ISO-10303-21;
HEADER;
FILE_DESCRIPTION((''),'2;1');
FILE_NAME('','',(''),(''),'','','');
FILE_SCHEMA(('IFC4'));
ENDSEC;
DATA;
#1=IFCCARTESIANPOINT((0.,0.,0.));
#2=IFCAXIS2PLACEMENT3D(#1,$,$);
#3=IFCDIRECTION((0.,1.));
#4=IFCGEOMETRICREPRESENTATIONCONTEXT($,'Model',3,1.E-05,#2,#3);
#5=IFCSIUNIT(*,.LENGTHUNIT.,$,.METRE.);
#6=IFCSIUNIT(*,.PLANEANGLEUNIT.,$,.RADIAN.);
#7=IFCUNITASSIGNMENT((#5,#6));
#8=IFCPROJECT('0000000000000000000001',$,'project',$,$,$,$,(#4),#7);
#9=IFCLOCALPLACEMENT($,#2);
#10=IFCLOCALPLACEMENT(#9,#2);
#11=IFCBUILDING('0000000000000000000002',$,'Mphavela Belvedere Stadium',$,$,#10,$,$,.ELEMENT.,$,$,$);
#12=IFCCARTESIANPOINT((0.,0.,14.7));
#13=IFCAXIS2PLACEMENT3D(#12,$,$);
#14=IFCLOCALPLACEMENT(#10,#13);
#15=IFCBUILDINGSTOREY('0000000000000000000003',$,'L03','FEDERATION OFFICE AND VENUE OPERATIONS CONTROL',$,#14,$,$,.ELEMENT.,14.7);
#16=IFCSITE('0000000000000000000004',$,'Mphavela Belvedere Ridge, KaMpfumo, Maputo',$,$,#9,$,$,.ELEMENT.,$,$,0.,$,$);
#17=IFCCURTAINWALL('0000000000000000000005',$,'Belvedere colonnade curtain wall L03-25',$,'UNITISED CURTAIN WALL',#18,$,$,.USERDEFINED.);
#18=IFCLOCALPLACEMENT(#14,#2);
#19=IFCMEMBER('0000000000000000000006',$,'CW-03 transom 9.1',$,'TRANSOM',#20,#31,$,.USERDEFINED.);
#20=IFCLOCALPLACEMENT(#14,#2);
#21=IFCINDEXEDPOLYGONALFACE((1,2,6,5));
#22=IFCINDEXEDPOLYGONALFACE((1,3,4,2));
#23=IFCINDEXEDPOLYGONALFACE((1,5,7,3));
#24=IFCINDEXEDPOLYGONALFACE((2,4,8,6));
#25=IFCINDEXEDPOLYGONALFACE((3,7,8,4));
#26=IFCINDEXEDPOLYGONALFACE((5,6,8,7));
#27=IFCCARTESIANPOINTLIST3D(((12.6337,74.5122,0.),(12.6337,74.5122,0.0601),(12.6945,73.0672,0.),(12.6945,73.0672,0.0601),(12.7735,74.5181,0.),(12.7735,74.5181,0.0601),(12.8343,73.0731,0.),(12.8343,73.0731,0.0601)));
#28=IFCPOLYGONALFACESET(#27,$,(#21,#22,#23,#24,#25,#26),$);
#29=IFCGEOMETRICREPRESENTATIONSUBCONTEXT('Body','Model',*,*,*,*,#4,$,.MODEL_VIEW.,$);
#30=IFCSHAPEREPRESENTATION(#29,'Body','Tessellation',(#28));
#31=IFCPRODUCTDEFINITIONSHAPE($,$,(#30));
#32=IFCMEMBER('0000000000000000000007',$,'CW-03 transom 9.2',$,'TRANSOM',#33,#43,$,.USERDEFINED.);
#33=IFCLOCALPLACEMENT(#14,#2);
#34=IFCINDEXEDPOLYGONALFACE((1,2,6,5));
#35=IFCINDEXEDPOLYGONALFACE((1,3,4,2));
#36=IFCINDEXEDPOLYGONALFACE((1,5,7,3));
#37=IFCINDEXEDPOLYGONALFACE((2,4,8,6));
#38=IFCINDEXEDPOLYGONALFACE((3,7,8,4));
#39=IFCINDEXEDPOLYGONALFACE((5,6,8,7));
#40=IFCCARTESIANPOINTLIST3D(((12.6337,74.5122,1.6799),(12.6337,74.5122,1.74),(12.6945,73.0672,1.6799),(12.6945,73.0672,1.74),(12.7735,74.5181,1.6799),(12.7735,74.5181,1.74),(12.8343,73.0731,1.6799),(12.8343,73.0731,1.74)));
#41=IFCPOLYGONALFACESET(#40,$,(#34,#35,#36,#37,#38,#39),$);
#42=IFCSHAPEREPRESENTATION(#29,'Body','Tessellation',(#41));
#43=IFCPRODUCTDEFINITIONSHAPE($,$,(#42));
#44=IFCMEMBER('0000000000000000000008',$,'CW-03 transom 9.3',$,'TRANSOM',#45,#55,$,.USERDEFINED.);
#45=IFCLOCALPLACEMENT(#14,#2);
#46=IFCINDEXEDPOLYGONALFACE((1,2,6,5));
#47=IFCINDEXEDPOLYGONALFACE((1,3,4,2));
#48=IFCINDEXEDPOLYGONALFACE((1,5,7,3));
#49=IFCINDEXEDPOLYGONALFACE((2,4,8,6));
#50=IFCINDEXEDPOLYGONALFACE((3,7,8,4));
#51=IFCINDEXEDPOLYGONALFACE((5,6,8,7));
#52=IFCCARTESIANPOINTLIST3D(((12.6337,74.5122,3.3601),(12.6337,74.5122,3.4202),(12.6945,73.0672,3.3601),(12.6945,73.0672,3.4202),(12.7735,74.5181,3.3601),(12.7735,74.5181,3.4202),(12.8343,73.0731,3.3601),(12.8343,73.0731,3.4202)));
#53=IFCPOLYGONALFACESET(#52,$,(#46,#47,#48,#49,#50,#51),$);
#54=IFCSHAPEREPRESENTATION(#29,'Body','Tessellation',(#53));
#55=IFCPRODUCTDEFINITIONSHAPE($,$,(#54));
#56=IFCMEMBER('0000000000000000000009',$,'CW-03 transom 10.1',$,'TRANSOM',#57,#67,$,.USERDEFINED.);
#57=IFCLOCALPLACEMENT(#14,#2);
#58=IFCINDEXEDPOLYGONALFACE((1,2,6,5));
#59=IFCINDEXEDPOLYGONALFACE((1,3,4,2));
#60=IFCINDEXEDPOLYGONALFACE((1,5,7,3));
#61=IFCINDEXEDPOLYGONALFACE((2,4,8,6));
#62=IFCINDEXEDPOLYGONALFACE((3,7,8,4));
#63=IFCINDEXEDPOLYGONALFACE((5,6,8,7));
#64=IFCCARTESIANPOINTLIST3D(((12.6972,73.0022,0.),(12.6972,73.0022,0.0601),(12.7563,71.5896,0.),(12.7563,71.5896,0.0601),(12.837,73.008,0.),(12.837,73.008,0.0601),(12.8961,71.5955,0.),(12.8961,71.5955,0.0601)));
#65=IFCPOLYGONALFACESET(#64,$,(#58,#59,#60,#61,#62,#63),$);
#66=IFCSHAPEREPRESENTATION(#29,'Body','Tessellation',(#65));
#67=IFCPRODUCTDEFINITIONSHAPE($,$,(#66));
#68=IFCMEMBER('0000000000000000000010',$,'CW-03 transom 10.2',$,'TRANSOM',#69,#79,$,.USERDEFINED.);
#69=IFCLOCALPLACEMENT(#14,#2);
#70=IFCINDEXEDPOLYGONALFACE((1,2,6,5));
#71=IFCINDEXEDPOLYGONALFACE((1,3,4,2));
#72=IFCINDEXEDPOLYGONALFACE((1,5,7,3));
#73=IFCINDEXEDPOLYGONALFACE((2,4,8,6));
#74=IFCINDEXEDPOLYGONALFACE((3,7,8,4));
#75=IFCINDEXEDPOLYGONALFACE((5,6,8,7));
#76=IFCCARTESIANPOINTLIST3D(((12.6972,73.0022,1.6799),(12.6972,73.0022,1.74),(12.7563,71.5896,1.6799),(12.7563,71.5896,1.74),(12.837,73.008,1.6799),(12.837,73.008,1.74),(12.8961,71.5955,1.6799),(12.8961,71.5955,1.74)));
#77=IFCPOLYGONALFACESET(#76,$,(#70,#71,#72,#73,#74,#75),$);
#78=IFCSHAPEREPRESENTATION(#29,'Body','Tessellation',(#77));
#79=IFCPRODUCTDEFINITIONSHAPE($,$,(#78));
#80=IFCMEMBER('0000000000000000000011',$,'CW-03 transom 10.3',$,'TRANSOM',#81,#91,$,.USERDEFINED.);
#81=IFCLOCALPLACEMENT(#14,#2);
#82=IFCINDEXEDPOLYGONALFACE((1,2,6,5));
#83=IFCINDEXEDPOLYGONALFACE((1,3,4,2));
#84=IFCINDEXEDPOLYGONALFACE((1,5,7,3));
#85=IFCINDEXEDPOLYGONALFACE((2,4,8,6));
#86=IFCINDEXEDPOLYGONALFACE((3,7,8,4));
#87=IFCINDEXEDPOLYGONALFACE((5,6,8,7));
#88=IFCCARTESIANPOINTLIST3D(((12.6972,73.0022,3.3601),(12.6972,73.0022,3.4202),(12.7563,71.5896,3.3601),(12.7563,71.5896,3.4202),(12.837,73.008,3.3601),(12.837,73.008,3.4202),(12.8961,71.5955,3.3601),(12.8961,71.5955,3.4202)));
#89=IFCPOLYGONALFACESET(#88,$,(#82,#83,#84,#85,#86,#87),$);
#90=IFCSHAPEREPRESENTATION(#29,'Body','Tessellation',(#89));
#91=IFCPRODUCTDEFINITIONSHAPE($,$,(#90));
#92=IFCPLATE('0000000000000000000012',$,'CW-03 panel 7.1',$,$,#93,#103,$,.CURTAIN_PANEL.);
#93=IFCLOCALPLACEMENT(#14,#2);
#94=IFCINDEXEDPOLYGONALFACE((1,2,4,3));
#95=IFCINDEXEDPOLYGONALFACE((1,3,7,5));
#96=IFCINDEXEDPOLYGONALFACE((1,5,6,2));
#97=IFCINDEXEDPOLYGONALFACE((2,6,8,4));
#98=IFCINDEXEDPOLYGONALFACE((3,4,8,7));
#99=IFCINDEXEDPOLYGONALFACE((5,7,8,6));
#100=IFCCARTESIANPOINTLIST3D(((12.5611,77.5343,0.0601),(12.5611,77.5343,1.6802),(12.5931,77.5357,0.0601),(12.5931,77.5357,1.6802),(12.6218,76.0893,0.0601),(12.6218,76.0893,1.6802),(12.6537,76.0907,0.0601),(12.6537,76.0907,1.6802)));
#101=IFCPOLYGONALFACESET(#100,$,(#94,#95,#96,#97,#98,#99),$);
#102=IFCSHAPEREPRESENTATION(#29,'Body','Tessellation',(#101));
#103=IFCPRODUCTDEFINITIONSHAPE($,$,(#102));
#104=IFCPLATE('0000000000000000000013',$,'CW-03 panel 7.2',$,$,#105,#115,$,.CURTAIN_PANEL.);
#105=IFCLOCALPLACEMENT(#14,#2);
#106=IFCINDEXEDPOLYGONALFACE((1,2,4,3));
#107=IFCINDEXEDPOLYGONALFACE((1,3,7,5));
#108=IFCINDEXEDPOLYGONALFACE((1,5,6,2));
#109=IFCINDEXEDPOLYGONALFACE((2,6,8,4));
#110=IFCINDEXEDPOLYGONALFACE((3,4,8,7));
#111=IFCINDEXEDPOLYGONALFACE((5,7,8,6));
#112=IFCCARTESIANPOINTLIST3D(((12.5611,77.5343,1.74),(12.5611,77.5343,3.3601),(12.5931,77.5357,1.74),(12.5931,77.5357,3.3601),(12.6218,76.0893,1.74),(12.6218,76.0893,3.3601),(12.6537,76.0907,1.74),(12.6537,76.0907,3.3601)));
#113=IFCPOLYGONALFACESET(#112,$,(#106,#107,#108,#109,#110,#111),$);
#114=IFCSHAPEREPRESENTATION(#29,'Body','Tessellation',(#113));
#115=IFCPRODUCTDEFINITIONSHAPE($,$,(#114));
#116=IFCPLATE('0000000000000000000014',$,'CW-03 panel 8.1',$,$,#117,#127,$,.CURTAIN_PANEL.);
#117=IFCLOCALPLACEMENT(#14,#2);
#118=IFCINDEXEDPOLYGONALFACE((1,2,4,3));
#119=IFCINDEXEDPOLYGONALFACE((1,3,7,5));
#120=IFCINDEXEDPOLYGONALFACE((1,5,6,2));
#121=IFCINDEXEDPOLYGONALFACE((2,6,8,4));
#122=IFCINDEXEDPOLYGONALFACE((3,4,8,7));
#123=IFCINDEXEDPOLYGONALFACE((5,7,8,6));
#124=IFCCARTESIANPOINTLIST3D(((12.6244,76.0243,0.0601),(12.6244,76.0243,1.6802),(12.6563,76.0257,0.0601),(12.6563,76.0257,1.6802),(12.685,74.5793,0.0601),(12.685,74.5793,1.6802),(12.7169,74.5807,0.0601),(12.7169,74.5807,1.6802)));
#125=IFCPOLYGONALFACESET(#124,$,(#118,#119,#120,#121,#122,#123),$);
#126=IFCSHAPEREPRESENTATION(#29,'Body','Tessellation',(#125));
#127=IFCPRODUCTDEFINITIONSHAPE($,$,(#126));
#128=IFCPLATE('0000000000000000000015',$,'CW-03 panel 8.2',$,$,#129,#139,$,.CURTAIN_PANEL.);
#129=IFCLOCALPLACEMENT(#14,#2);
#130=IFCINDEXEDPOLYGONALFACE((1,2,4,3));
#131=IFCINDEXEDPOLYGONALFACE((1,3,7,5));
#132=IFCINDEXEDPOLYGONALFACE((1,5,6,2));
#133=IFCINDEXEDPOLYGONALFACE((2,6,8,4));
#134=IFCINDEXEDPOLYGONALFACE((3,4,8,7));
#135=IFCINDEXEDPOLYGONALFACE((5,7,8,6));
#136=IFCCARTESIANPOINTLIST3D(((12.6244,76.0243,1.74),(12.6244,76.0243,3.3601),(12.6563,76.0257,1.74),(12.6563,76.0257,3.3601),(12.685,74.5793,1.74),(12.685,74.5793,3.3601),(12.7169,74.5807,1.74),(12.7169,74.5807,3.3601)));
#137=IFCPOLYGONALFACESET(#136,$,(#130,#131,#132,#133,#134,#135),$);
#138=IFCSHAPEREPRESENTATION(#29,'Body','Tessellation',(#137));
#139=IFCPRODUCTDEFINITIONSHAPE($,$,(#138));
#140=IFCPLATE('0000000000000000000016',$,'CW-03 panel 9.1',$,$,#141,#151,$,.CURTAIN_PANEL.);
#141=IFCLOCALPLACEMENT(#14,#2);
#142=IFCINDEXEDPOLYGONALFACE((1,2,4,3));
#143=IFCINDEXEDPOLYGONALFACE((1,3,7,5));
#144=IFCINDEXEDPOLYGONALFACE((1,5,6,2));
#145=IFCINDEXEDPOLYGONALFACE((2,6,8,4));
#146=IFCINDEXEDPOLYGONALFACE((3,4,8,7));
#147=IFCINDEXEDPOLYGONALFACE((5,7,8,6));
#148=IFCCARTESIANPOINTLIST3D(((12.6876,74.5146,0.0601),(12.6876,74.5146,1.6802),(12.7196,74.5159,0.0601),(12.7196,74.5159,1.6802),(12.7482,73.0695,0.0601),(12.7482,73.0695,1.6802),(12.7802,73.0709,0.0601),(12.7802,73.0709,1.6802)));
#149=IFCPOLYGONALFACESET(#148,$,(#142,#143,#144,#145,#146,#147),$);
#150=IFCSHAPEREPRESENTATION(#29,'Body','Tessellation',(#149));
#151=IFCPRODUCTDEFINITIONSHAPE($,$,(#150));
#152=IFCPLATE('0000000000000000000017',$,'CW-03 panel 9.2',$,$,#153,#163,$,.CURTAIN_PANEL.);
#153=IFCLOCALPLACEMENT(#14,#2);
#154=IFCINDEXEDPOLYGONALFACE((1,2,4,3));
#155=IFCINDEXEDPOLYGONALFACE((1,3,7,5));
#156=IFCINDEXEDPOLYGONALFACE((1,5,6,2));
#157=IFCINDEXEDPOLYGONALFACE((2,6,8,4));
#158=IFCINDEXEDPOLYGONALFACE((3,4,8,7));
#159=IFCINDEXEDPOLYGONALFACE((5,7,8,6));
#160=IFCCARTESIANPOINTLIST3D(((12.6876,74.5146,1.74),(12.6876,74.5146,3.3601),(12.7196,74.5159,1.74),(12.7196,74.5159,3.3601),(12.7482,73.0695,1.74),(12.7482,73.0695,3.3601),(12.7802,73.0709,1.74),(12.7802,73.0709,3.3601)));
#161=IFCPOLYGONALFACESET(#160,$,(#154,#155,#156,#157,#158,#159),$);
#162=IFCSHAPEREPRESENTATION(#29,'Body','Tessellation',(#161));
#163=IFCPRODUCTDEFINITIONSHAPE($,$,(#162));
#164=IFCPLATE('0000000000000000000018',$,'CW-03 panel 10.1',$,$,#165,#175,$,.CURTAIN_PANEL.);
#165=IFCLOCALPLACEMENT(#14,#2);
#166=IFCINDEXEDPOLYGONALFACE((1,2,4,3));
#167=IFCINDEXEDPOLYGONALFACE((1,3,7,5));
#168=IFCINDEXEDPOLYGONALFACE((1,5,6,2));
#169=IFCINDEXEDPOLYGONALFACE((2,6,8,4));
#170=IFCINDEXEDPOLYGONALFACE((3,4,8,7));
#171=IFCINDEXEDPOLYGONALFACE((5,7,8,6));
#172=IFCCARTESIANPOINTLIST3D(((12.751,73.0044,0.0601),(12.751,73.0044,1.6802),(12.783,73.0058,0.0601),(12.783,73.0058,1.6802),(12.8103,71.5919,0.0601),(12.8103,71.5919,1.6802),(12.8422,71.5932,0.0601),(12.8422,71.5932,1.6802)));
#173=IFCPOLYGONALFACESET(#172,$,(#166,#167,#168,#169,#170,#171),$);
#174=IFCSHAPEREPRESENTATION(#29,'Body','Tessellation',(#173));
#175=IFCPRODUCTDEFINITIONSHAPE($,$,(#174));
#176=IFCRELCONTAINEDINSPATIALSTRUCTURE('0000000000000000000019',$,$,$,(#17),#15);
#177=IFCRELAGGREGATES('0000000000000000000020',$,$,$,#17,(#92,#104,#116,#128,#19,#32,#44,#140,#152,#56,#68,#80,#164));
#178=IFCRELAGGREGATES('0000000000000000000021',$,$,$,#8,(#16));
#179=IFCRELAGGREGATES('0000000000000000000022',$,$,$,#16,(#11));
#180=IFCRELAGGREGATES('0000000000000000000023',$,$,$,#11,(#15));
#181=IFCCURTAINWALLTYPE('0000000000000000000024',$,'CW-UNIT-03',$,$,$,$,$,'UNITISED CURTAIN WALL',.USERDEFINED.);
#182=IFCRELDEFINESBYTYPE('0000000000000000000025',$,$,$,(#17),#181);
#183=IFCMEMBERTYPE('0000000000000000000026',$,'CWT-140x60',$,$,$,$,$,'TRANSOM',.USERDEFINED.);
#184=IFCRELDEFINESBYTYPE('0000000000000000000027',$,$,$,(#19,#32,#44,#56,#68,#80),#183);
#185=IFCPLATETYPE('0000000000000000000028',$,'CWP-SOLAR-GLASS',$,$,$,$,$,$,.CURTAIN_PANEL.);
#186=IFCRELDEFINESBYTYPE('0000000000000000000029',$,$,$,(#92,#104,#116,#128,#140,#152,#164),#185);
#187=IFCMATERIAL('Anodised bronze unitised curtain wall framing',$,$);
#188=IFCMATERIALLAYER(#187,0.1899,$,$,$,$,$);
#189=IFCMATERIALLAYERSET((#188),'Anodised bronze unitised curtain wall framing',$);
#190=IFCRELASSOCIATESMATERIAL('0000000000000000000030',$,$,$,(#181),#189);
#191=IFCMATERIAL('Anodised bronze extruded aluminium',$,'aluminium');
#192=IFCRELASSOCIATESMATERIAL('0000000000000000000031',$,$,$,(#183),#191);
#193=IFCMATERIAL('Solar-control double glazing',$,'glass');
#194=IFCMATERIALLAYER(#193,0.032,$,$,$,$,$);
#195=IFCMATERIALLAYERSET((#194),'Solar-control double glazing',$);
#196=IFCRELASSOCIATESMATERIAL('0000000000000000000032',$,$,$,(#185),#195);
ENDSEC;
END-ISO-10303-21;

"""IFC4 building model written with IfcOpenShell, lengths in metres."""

from ifc_helpers import new_model, si_unit, direction, frame, origin, origin_2d, place, context, subcontext, project, spatial, rectangle, extrude, material, layer, layer_set, material_profile, profile_set, type_object, element, aggregate, save


model = new_model("IFC4")

# Units and contexts
model_context = context("Model", 3, precision=1e-05, world=origin(), true_north=direction((0.0, 1.0)))
body_context = subcontext(model_context, "Body", "Model", "MODEL_VIEW")
ifc_project = project(units=[si_unit("LENGTHUNIT", "METRE"), si_unit("PLANEANGLEUNIT", "RADIAN")], contexts=[model_context])

# Site, building, storey
site_placement = place(None, origin())
site = spatial("IfcSite", under=ifc_project, at=site_placement, Name="Mphavela Belvedere Ridge, KaMpfumo, Maputo", CompositionType="ELEMENT", RefElevation=0.0)
building_placement = place(site_placement, origin())
building = spatial("IfcBuilding", under=site, at=building_placement, Name="Mphavela Belvedere Stadium", CompositionType="ELEMENT")
storey_placement = place(building_placement, frame((0.0, 0.0, 14.7)))
storey = spatial("IfcBuildingStorey", under=building, at=storey_placement, Name="L03", Description="FEDERATION OFFICE AND VENUE OPERATIONS CONTROL", CompositionType="ELEMENT", Elevation=14.7)

# Curtain wall, members, plates
ifc_material_1 = material(Name="Anodised bronze unitised curtain wall framing")
ifc_layer_1 = layer(ifc_material_1, 0.1899)
ifc_layer_set_1 = layer_set([ifc_layer_1], Name="Anodised bronze unitised curtain wall framing")
curtain_wall_type = type_object("IfcCurtainWallType", Name="CW-UNIT-03", ElementType="UNITISED CURTAIN WALL", PredefinedType="USERDEFINED", material=ifc_layer_set_1)
curtain_wall_placement = place(storey_placement, origin())
curtain_wall = element("IfcCurtainWall", 1, at=curtain_wall_placement, inside=storey, type_object=curtain_wall_type, Name="Belvedere colonnade curtain wall L03-25", ObjectType="UNITISED CURTAIN WALL", PredefinedType="USERDEFINED")
ifc_material_2 = material(Name="Anodised bronze extruded aluminium", Category="aluminium")
ifc_material_profile_1 = material_profile(ifc_material_2, rectangle(XDim=0.1399, YDim=0.0601, at=origin_2d()), Name="CW-TRN 140x60")
ifc_profile_set_1 = profile_set([ifc_material_profile_1], Name="Anodised bronze extruded aluminium")
member_type_1 = type_object("IfcMemberType", Name="CWT-140x60", ElementType="TRANSOM", PredefinedType="USERDEFINED", material=ifc_profile_set_1)
member_1_placement = place(storey_placement, frame((12.7036, 74.5151, 0.03), z_axis=(0.042031, -0.999116, 0.0), x_axis=(0.999116, 0.042031, 0.0)))
member_1 = element("IfcMember", 2, at=member_1_placement, type_object=member_type_1, Name="CW-03 transom 9.1", ObjectType="TRANSOM", PredefinedType="USERDEFINED", context=body_context, shape_type="SweptSolid", body=[
    extrude(rectangle(XDim=0.1399, YDim=0.0601, at=origin_2d()), origin(), (0.0, 0.0, 1.0), 1.4463),
])
member_2_placement = place(storey_placement, frame((12.7036, 74.5151, 1.71), z_axis=(0.042031, -0.999116, 0.0), x_axis=(0.999116, 0.042031, 0.0)))
member_2 = element("IfcMember", 3, at=member_2_placement, type_object=member_type_1, Name="CW-03 transom 9.2", ObjectType="TRANSOM", PredefinedType="USERDEFINED", context=body_context, shape_type="SweptSolid", body=[
    extrude(rectangle(XDim=0.1399, YDim=0.0601, at=origin_2d()), origin(), (0.0, 0.0, 1.0), 1.4463),
])
member_3_placement = place(storey_placement, frame((12.7036, 74.5151, 3.3901), z_axis=(0.042031, -0.999116, 0.0), x_axis=(0.999116, 0.042031, 0.0)))
member_3 = element("IfcMember", 4, at=member_3_placement, type_object=member_type_1, Name="CW-03 transom 9.3", ObjectType="TRANSOM", PredefinedType="USERDEFINED", context=body_context, shape_type="SweptSolid", body=[
    extrude(rectangle(XDim=0.1399, YDim=0.0601, at=origin_2d()), origin(), (0.0, 0.0, 1.0), 1.4463),
])
member_4_placement = place(storey_placement, frame((12.7671, 73.0051, 0.03), z_axis=(0.041789, -0.999126, 0.0), x_axis=(0.999126, 0.041789, 0.0)))
member_4 = element("IfcMember", 5, at=member_4_placement, type_object=member_type_1, Name="CW-03 transom 10.1", ObjectType="TRANSOM", PredefinedType="USERDEFINED", context=body_context, shape_type="SweptSolid", body=[
    extrude(rectangle(XDim=0.1399, YDim=0.0601, at=origin_2d()), origin(), (0.0, 0.0, 1.0), 1.4138),
])
member_5_placement = place(storey_placement, frame((12.7671, 73.0051, 1.71), z_axis=(0.041789, -0.999126, 0.0), x_axis=(0.999126, 0.041789, 0.0)))
member_5 = element("IfcMember", 6, at=member_5_placement, type_object=member_type_1, Name="CW-03 transom 10.2", ObjectType="TRANSOM", PredefinedType="USERDEFINED", context=body_context, shape_type="SweptSolid", body=[
    extrude(rectangle(XDim=0.1399, YDim=0.0601, at=origin_2d()), origin(), (0.0, 0.0, 1.0), 1.4138),
])
member_6_placement = place(storey_placement, frame((12.7671, 73.0051, 3.3901), z_axis=(0.041789, -0.999126, 0.0), x_axis=(0.999126, 0.041789, 0.0)))
member_6 = element("IfcMember", 7, at=member_6_placement, type_object=member_type_1, Name="CW-03 transom 10.3", ObjectType="TRANSOM", PredefinedType="USERDEFINED", context=body_context, shape_type="SweptSolid", body=[
    extrude(rectangle(XDim=0.1399, YDim=0.0601, at=origin_2d()), origin(), (0.0, 0.0, 1.0), 1.4138),
])
ifc_material_3 = material(Name="Solar-control double glazing", Category="glass")
ifc_layer_2 = layer(ifc_material_3, 0.032)
ifc_layer_set_2 = layer_set([ifc_layer_2], Name="Solar-control double glazing")
plate_type = type_object("IfcPlateType", Name="CWP-SOLAR-GLASS", PredefinedType="CURTAIN_PANEL", material=ifc_layer_set_2)
plate_1_placement = place(storey_placement, frame((12.6074, 76.8125, 0.0601), z_axis=(0.0, 0.0, 1.0), x_axis=(0.041911, -0.999121, 0.0)))
plate_1 = element("IfcPlate", 8, at=plate_1_placement, type_object=plate_type, Name="CW-03 panel 7.1", PredefinedType="CURTAIN_PANEL", context=body_context, shape_type="SweptSolid", body=[
    extrude(rectangle(XDim=1.4463, YDim=0.032, at=origin_2d()), origin(), (0.0, 0.0, 1.0), 1.6201),
])
plate_2_placement = place(storey_placement, frame((12.6074, 76.8125, 1.74), z_axis=(0.0, 0.0, 1.0), x_axis=(0.041911, -0.999121, 0.0)))
plate_2 = element("IfcPlate", 9, at=plate_2_placement, type_object=plate_type, Name="CW-03 panel 7.2", PredefinedType="CURTAIN_PANEL", context=body_context, shape_type="SweptSolid", body=[
    extrude(rectangle(XDim=1.4463, YDim=0.032, at=origin_2d()), origin(), (0.0, 0.0, 1.0), 1.6201),
])
plate_3_placement = place(storey_placement, frame((12.6707, 75.3025, 0.0601), z_axis=(0.0, 0.0, 1.0), x_axis=(0.041911, -0.999121, 0.0)))
plate_3 = element("IfcPlate", 10, at=plate_3_placement, type_object=plate_type, Name="CW-03 panel 8.1", PredefinedType="CURTAIN_PANEL", context=body_context, shape_type="SweptSolid", body=[
    extrude(rectangle(XDim=1.4463, YDim=0.032, at=origin_2d()), origin(), (0.0, 0.0, 1.0), 1.6201),
])
plate_4_placement = place(storey_placement, frame((12.6707, 75.3025, 1.74), z_axis=(0.0, 0.0, 1.0), x_axis=(0.041911, -0.999121, 0.0)))
plate_4 = element("IfcPlate", 11, at=plate_4_placement, type_object=plate_type, Name="CW-03 panel 8.2", PredefinedType="CURTAIN_PANEL", context=body_context, shape_type="SweptSolid", body=[
    extrude(rectangle(XDim=1.4463, YDim=0.032, at=origin_2d()), origin(), (0.0, 0.0, 1.0), 1.6201),
])
plate_5_placement = place(storey_placement, frame((12.7339, 73.7927, 0.0601), z_axis=(0.0, 0.0, 1.0), x_axis=(0.041911, -0.999121, 0.0)))
plate_5 = element("IfcPlate", 12, at=plate_5_placement, type_object=plate_type, Name="CW-03 panel 9.1", PredefinedType="CURTAIN_PANEL", context=body_context, shape_type="SweptSolid", body=[
    extrude(rectangle(XDim=1.4463, YDim=0.032, at=origin_2d()), origin(), (0.0, 0.0, 1.0), 1.6201),
])
plate_6_placement = place(storey_placement, frame((12.7339, 73.7927, 1.74), z_axis=(0.0, 0.0, 1.0), x_axis=(0.041911, -0.999121, 0.0)))
plate_6 = element("IfcPlate", 13, at=plate_6_placement, type_object=plate_type, Name="CW-03 panel 9.2", PredefinedType="CURTAIN_PANEL", context=body_context, shape_type="SweptSolid", body=[
    extrude(rectangle(XDim=1.4463, YDim=0.032, at=origin_2d()), origin(), (0.0, 0.0, 1.0), 1.6201),
])
plate_7_placement = place(storey_placement, frame((12.7966, 72.2988, 0.0601), z_axis=(0.0, 0.0, 1.0), x_axis=(0.041911, -0.999121, 0.0)))
plate_7 = element("IfcPlate", 14, at=plate_7_placement, type_object=plate_type, Name="CW-03 panel 10.1", PredefinedType="CURTAIN_PANEL", context=body_context, shape_type="SweptSolid", body=[
    extrude(rectangle(XDim=1.4138, YDim=0.032, at=origin_2d()), origin(), (0.0, 0.0, 1.0), 1.6201),
])
aggregate(curtain_wall, [plate_1, plate_2, plate_3, plate_4, member_1, member_2, member_3, plate_5, plate_6, member_4, member_5, member_6, plate_7])

save(model, "model.ifc")
